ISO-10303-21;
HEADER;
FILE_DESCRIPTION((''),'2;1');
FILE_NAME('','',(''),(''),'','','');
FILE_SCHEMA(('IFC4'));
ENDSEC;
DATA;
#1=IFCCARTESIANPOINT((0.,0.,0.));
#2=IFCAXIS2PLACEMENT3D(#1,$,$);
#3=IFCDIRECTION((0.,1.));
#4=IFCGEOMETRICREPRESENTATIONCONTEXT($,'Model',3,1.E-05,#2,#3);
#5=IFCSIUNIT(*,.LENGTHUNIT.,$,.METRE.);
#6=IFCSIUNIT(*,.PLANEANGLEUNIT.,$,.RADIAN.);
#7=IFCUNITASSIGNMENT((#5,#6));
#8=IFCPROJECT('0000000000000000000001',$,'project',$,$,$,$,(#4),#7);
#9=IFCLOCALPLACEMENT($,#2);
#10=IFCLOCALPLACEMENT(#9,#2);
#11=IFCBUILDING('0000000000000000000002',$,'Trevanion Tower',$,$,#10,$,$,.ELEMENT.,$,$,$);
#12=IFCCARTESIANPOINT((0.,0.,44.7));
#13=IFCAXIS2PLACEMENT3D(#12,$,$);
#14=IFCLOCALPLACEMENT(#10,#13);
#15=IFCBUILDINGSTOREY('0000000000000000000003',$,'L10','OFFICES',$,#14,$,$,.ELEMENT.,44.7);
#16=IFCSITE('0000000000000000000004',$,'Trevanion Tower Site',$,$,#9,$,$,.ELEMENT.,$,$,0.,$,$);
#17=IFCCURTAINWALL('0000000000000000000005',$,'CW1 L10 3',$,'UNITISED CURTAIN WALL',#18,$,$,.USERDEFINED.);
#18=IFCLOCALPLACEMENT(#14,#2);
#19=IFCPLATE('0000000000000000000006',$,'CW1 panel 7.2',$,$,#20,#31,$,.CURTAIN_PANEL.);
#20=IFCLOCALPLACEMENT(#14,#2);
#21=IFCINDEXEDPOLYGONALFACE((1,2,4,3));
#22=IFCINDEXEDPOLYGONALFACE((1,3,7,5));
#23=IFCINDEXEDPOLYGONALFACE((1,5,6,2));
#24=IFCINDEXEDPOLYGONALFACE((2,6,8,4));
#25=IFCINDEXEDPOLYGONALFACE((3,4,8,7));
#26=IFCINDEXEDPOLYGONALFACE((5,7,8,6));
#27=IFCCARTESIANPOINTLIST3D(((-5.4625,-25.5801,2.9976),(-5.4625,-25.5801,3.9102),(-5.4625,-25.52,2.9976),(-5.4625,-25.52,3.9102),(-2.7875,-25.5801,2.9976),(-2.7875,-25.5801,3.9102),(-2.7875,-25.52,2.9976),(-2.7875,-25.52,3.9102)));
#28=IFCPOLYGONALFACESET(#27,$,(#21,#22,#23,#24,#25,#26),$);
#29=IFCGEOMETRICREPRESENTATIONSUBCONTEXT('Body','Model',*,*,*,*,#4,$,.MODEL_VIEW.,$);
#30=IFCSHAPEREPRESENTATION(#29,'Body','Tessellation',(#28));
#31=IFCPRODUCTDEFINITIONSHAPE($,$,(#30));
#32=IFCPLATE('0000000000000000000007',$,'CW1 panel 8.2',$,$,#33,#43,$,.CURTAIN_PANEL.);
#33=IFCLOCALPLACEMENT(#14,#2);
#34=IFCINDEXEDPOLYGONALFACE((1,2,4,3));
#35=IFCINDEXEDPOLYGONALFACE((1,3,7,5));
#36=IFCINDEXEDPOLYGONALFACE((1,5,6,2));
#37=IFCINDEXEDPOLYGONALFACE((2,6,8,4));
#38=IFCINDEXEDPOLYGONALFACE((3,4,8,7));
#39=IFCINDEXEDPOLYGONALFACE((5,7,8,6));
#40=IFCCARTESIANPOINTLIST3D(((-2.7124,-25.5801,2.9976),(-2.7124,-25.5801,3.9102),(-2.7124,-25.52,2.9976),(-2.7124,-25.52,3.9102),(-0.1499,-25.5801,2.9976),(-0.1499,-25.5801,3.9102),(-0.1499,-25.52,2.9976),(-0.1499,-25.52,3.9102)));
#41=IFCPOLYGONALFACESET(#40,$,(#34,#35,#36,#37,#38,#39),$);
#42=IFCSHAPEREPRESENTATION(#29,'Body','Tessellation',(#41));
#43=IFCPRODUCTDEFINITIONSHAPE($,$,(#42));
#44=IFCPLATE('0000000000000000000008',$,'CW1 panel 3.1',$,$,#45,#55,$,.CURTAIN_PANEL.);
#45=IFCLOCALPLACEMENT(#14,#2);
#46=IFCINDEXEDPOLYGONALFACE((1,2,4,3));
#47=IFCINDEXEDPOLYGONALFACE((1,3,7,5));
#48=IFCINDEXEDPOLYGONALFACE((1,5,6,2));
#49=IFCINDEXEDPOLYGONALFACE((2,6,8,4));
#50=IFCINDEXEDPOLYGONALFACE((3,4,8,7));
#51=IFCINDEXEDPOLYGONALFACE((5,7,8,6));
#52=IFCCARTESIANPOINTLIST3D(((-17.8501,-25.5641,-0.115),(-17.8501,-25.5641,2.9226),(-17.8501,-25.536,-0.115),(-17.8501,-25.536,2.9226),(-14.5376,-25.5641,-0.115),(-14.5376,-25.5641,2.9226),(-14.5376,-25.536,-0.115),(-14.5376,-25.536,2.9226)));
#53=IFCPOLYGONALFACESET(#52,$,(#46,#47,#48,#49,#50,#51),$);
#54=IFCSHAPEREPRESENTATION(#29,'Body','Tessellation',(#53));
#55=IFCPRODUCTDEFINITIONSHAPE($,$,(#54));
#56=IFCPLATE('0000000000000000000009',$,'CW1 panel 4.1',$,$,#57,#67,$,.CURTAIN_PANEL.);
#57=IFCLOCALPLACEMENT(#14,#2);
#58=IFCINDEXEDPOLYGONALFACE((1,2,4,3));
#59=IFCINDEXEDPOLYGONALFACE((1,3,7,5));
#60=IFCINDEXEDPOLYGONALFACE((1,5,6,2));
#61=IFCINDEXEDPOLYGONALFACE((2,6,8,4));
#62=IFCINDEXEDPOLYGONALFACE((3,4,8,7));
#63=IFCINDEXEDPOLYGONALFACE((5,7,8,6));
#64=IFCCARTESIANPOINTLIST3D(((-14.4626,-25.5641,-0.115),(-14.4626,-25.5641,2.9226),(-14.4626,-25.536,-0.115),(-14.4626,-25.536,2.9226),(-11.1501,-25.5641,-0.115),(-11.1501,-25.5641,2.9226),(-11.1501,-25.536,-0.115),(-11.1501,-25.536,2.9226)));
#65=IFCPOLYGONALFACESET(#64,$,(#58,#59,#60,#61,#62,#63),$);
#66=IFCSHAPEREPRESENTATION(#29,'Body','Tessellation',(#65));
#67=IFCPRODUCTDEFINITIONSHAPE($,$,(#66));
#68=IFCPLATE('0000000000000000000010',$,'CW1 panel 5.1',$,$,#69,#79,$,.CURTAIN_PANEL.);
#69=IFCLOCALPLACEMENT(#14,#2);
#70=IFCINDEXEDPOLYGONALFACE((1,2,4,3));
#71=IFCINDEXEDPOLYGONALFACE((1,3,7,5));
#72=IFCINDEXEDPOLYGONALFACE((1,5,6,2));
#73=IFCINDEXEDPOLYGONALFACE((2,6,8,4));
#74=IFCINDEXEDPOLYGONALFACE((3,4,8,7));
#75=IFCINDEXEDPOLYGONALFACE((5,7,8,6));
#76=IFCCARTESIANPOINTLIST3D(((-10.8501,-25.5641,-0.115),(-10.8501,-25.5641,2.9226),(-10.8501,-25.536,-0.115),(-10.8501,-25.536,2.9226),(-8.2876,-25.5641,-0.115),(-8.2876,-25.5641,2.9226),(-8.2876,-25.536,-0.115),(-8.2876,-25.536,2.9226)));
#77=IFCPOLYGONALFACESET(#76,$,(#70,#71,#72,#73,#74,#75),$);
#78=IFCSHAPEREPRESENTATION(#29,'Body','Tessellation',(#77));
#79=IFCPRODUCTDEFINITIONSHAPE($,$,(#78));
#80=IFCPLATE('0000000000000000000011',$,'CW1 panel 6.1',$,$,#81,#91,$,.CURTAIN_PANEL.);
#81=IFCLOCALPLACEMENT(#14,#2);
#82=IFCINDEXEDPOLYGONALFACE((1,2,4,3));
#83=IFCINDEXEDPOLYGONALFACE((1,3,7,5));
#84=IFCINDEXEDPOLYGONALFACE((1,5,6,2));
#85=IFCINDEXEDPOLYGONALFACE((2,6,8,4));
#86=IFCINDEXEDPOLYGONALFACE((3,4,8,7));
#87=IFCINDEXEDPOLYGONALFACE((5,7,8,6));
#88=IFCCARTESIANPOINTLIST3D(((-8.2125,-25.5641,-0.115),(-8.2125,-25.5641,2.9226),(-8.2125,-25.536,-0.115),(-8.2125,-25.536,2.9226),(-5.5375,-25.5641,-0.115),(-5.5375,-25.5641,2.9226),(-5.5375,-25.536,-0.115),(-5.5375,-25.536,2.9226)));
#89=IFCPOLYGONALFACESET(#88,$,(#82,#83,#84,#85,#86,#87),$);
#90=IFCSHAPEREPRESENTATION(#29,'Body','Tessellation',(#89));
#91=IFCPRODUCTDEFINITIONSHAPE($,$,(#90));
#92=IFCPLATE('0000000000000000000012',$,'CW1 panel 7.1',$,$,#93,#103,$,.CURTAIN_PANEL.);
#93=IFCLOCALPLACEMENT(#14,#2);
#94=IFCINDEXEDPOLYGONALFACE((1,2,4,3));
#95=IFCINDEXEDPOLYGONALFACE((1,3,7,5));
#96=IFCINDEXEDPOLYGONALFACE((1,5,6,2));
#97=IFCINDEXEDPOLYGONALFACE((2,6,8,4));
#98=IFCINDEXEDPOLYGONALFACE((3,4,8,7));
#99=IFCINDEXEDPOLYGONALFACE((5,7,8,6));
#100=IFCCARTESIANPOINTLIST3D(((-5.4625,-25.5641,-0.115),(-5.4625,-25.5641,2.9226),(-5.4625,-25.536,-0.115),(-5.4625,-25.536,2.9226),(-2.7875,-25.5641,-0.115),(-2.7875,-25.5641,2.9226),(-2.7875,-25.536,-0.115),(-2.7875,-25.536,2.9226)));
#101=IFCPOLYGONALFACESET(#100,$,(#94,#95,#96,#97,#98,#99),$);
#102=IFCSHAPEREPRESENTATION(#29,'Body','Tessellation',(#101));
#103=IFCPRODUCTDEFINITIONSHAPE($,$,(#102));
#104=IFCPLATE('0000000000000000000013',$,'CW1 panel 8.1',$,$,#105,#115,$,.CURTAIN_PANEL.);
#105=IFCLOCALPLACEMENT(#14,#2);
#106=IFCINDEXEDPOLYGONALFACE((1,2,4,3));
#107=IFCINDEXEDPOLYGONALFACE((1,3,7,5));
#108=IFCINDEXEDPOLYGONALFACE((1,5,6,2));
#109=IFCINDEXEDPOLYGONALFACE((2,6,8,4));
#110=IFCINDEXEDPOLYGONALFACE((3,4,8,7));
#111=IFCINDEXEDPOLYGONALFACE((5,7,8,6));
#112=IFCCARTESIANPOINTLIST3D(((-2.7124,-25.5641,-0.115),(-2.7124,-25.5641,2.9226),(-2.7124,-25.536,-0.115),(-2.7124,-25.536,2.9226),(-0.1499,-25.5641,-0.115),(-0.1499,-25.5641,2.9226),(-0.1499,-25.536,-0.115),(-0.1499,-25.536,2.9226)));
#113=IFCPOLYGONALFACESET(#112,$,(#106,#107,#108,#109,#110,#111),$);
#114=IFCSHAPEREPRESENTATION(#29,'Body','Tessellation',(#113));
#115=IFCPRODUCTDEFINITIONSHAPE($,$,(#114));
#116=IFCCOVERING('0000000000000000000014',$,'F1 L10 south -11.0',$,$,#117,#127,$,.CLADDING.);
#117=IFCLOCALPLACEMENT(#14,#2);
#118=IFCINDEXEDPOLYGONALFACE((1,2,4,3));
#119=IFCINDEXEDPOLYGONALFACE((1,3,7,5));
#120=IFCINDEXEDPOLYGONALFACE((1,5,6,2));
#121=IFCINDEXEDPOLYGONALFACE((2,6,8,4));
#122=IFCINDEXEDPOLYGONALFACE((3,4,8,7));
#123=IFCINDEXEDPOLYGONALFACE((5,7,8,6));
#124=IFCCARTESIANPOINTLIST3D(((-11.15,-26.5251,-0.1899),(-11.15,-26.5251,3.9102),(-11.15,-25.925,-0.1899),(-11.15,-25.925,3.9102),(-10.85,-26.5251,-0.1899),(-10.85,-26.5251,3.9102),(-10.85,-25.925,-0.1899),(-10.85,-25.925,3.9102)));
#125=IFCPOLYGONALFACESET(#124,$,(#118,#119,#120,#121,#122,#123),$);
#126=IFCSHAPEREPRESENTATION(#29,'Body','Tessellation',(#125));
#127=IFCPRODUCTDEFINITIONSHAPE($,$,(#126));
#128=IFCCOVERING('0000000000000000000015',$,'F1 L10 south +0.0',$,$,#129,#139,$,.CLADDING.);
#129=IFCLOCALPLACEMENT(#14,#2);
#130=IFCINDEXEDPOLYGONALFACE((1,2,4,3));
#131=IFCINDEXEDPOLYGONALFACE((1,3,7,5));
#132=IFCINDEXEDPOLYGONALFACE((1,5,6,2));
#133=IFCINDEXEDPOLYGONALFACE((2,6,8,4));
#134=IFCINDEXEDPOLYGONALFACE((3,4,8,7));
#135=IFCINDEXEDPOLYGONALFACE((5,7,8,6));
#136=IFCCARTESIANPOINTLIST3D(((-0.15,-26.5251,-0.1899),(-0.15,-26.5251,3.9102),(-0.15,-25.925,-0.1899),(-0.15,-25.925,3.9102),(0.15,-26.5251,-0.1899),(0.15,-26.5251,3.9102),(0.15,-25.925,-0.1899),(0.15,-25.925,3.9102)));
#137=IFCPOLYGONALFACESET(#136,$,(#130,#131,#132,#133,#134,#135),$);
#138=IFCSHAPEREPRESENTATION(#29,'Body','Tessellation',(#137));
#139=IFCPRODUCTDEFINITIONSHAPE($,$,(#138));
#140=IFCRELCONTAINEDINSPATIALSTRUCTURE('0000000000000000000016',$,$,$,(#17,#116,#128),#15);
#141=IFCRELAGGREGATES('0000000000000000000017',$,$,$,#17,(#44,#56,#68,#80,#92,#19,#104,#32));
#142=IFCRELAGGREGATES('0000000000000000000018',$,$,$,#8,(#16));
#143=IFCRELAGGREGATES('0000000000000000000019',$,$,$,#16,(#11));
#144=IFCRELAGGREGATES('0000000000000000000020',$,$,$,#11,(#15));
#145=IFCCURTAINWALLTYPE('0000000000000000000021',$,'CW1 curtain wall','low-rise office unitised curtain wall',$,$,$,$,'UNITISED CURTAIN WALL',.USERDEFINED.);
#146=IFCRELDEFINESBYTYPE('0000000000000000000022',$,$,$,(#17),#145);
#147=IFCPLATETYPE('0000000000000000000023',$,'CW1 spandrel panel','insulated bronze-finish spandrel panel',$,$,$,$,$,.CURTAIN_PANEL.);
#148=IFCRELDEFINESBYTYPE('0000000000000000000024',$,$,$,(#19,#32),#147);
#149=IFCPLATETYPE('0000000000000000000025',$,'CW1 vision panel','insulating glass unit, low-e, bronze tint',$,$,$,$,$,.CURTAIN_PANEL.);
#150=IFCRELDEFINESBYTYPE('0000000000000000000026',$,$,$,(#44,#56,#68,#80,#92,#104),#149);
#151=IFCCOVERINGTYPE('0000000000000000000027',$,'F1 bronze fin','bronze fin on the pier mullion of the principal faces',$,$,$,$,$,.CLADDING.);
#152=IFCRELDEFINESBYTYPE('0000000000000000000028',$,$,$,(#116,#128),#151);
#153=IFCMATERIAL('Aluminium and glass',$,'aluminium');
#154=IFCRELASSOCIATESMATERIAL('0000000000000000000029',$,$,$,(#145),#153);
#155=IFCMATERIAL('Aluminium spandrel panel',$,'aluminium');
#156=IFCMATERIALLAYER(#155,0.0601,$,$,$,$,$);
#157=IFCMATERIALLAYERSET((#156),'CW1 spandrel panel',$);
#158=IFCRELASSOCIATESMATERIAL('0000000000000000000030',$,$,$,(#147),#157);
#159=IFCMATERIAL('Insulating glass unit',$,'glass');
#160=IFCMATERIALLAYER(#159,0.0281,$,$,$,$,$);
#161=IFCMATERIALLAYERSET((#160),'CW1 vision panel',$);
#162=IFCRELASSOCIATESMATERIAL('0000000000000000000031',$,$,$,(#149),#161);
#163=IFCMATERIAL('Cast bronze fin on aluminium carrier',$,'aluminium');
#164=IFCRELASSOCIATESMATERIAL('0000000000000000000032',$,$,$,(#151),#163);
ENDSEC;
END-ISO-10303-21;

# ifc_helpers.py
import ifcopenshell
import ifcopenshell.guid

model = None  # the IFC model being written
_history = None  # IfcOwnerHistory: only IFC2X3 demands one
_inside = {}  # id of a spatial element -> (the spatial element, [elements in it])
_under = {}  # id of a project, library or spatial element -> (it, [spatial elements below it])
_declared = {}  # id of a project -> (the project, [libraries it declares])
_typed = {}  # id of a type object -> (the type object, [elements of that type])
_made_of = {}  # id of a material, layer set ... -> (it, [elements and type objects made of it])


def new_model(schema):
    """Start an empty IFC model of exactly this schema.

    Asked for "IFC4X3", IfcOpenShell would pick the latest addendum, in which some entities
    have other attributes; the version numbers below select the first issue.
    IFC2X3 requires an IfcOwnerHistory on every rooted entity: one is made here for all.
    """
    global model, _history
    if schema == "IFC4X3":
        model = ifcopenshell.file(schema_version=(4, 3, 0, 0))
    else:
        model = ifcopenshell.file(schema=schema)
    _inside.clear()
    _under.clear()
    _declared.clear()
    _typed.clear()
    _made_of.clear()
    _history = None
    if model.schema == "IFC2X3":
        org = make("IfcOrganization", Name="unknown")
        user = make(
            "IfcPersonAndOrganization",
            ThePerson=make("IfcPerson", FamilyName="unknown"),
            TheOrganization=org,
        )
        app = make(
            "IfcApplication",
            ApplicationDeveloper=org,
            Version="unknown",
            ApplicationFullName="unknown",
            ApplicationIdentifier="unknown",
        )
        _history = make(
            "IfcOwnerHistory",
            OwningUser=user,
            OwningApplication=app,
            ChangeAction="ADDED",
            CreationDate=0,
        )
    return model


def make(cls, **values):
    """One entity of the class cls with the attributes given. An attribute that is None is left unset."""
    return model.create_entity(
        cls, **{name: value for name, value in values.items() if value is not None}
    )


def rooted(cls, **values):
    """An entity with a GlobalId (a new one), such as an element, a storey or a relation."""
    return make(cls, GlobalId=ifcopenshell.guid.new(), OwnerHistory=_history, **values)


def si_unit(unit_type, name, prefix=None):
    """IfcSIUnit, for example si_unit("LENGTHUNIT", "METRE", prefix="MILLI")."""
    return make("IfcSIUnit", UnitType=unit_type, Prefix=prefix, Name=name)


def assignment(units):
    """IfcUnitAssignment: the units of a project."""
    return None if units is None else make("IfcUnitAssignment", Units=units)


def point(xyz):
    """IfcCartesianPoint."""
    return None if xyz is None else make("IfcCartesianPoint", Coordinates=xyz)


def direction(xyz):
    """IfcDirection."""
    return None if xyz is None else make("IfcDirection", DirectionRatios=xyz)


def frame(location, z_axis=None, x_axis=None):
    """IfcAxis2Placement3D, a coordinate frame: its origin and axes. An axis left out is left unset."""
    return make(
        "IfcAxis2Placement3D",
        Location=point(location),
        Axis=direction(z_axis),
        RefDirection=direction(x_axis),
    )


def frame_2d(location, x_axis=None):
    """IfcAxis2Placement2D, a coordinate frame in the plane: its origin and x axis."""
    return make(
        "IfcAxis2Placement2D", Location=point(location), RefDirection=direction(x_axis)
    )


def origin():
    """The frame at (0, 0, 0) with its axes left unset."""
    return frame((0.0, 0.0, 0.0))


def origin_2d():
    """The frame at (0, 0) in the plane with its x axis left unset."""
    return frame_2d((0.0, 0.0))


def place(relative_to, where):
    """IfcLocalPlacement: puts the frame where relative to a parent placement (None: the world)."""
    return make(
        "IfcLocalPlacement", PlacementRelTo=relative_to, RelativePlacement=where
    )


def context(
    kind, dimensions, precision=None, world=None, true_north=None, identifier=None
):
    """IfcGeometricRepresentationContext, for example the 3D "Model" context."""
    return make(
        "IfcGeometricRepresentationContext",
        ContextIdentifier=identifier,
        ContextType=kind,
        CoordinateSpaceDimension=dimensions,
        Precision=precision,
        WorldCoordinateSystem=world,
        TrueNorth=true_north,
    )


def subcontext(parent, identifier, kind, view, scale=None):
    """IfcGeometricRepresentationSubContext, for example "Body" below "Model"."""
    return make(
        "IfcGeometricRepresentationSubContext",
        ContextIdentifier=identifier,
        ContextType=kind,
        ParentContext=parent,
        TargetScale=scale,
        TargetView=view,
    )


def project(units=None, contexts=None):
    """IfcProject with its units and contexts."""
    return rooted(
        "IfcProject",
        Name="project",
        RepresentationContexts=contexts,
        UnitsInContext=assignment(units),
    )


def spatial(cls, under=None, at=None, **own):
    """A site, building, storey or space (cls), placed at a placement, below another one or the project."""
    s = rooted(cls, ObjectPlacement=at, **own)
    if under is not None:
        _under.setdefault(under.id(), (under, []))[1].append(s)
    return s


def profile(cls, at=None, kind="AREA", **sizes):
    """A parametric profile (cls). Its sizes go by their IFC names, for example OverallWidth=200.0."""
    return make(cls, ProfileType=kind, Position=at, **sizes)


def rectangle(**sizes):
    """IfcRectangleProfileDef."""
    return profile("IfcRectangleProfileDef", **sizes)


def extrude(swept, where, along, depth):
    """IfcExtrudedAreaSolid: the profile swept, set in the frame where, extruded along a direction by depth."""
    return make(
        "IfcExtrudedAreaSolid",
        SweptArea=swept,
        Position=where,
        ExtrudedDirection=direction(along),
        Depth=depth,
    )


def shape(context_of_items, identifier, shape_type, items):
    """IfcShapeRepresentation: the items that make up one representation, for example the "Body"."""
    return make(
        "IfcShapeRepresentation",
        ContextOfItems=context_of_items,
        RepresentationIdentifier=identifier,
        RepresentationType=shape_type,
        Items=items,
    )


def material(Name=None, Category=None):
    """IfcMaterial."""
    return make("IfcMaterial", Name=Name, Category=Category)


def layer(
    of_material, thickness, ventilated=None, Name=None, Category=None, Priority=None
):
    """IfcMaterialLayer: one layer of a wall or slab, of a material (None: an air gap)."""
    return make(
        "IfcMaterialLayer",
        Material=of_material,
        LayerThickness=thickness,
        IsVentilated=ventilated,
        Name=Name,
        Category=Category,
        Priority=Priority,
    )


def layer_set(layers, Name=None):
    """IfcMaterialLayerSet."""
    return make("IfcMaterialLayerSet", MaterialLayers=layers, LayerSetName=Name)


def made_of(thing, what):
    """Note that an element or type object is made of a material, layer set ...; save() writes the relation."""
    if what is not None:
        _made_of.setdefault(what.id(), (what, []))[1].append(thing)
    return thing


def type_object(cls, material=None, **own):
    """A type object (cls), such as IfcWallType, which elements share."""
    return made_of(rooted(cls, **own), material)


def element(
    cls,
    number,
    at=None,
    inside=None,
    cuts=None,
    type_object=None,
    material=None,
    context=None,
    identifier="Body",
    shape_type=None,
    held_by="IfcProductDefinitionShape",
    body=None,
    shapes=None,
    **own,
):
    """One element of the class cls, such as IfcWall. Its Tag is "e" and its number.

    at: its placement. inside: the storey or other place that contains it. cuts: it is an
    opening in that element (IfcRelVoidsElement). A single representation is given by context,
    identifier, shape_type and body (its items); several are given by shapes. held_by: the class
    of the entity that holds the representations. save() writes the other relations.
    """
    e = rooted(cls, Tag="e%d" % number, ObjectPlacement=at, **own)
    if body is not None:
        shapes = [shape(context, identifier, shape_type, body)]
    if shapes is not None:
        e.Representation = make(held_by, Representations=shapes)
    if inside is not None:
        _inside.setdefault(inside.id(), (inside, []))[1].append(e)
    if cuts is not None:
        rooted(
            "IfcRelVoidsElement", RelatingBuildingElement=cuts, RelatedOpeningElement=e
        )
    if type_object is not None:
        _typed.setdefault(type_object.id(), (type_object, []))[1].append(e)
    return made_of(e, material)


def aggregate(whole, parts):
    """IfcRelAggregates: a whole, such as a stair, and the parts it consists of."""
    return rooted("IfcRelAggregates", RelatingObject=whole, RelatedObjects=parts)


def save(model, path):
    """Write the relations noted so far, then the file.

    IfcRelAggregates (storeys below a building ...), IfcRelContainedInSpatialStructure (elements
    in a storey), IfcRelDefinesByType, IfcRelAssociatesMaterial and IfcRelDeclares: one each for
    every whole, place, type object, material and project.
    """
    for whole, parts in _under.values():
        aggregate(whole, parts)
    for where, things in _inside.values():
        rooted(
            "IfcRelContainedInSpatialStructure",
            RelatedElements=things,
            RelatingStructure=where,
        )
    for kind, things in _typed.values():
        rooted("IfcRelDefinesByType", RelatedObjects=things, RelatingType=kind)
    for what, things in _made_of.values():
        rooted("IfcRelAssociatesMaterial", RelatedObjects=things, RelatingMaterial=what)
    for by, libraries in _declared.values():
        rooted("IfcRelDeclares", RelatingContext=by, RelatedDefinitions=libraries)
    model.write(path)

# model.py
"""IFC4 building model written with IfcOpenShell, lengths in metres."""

from ifc_helpers import new_model, si_unit, direction, frame, origin, origin_2d, place, context, subcontext, project, spatial, rectangle, extrude, material, layer, layer_set, type_object, element, aggregate, save


model = new_model("IFC4")

# Units and contexts
model_context = context("Model", 3, precision=1e-05, world=origin(), true_north=direction((0.0, 1.0)))
body_context = subcontext(model_context, "Body", "Model", "MODEL_VIEW")
ifc_project = project(units=[si_unit("LENGTHUNIT", "METRE"), si_unit("PLANEANGLEUNIT", "RADIAN")], contexts=[model_context])

# Site, building, storey
site_placement = place(None, origin())
site = spatial("IfcSite", under=ifc_project, at=site_placement, Name="Trevanion Tower Site", CompositionType="ELEMENT", RefElevation=0.0)
building_placement = place(site_placement, origin())
building = spatial("IfcBuilding", under=site, at=building_placement, Name="Trevanion Tower", CompositionType="ELEMENT")
storey_placement = place(building_placement, frame((0.0, 0.0, 44.7)))
storey = spatial("IfcBuildingStorey", under=building, at=storey_placement, Name="L10", Description="OFFICES", CompositionType="ELEMENT", Elevation=44.7)

# Curtain wall
ifc_material_1 = material(Name="Aluminium and glass", Category="aluminium")
curtain_wall_type = type_object("IfcCurtainWallType", Name="CW1 curtain wall", Description="low-rise office unitised curtain wall", ElementType="UNITISED CURTAIN WALL", PredefinedType="USERDEFINED", material=ifc_material_1)
curtain_wall_placement = place(storey_placement, origin())
curtain_wall = element("IfcCurtainWall", 1, at=curtain_wall_placement, inside=storey, type_object=curtain_wall_type, Name="CW1 L10 3", ObjectType="UNITISED CURTAIN WALL", PredefinedType="USERDEFINED")

# Plates
ifc_material_2 = material(Name="Aluminium spandrel panel", Category="aluminium")
ifc_layer_1 = layer(ifc_material_2, 0.0601)
ifc_layer_set_1 = layer_set([ifc_layer_1], Name="CW1 spandrel panel")
plate_type_1 = type_object("IfcPlateType", Name="CW1 spandrel panel", Description="insulated bronze-finish spandrel panel", PredefinedType="CURTAIN_PANEL", material=ifc_layer_set_1)
plate_1_placement = place(storey_placement, frame((-4.125, -25.55, 2.9976), z_axis=(0.0, 0.0, 1.0), x_axis=(1.0, 0.0, 0.0)))
plate_1 = element("IfcPlate", 2, at=plate_1_placement, type_object=plate_type_1, Name="CW1 panel 7.2", PredefinedType="CURTAIN_PANEL", context=body_context, shape_type="SweptSolid", body=[
    extrude(rectangle(XDim=2.675, YDim=0.0601, at=origin_2d()), origin(), (0.0, 0.0, 1.0), 0.9126),
])
plate_2_placement = place(storey_placement, frame((-1.4312, -25.55, 2.9976), z_axis=(0.0, 0.0, 1.0), x_axis=(1.0, 0.0, 0.0)))
plate_2 = element("IfcPlate", 3, at=plate_2_placement, type_object=plate_type_1, Name="CW1 panel 8.2", PredefinedType="CURTAIN_PANEL", context=body_context, shape_type="SweptSolid", body=[
    extrude(rectangle(XDim=2.5625, YDim=0.0601, at=origin_2d()), origin(), (0.0, 0.0, 1.0), 0.9126),
])
ifc_material_3 = material(Name="Insulating glass unit", Category="glass")
ifc_layer_2 = layer(ifc_material_3, 0.0281)
ifc_layer_set_2 = layer_set([ifc_layer_2], Name="CW1 vision panel")
plate_type_2 = type_object("IfcPlateType", Name="CW1 vision panel", Description="insulating glass unit, low-e, bronze tint", PredefinedType="CURTAIN_PANEL", material=ifc_layer_set_2)
plate_3_placement = place(storey_placement, frame((-16.1938, -25.55, -0.115), z_axis=(0.0, 0.0, 1.0), x_axis=(1.0, 0.0, 0.0)))
plate_3 = element("IfcPlate", 4, at=plate_3_placement, type_object=plate_type_2, Name="CW1 panel 3.1", PredefinedType="CURTAIN_PANEL", context=body_context, shape_type="SweptSolid", body=[
    extrude(rectangle(XDim=3.3125, YDim=0.0281, at=origin_2d()), origin(), (0.0, 0.0, 1.0), 3.0376),
])
plate_4_placement = place(storey_placement, frame((-12.8064, -25.55, -0.115), z_axis=(0.0, 0.0, 1.0), x_axis=(1.0, 0.0, 0.0)))
plate_4 = element("IfcPlate", 5, at=plate_4_placement, type_object=plate_type_2, Name="CW1 panel 4.1", PredefinedType="CURTAIN_PANEL", context=body_context, shape_type="SweptSolid", body=[
    extrude(rectangle(XDim=3.3125, YDim=0.0281, at=origin_2d()), origin(), (0.0, 0.0, 1.0), 3.0376),
])
plate_5_placement = place(storey_placement, frame((-9.5688, -25.55, -0.115), z_axis=(0.0, 0.0, 1.0), x_axis=(1.0, 0.0, 0.0)))
plate_5 = element("IfcPlate", 6, at=plate_5_placement, type_object=plate_type_2, Name="CW1 panel 5.1", PredefinedType="CURTAIN_PANEL", context=body_context, shape_type="SweptSolid", body=[
    extrude(rectangle(XDim=2.5625, YDim=0.0281, at=origin_2d()), origin(), (0.0, 0.0, 1.0), 3.0376),
])
plate_6_placement = place(storey_placement, frame((-6.875, -25.55, -0.115), z_axis=(0.0, 0.0, 1.0), x_axis=(1.0, 0.0, 0.0)))
plate_6 = element("IfcPlate", 7, at=plate_6_placement, type_object=plate_type_2, Name="CW1 panel 6.1", PredefinedType="CURTAIN_PANEL", context=body_context, shape_type="SweptSolid", body=[
    extrude(rectangle(XDim=2.675, YDim=0.0281, at=origin_2d()), origin(), (0.0, 0.0, 1.0), 3.0376),
])
plate_7_placement = place(storey_placement, frame((-4.125, -25.55, -0.115), z_axis=(0.0, 0.0, 1.0), x_axis=(1.0, 0.0, 0.0)))
plate_7 = element("IfcPlate", 8, at=plate_7_placement, type_object=plate_type_2, Name="CW1 panel 7.1", PredefinedType="CURTAIN_PANEL", context=body_context, shape_type="SweptSolid", body=[
    extrude(rectangle(XDim=2.675, YDim=0.0281, at=origin_2d()), origin(), (0.0, 0.0, 1.0), 3.0376),
])
plate_8_placement = place(storey_placement, frame((-1.4312, -25.55, -0.115), z_axis=(0.0, 0.0, 1.0), x_axis=(1.0, 0.0, 0.0)))
plate_8 = element("IfcPlate", 9, at=plate_8_placement, type_object=plate_type_2, Name="CW1 panel 8.1", PredefinedType="CURTAIN_PANEL", context=body_context, shape_type="SweptSolid", body=[
    extrude(rectangle(XDim=2.5625, YDim=0.0281, at=origin_2d()), origin(), (0.0, 0.0, 1.0), 3.0376),
])
aggregate(curtain_wall, [plate_3, plate_4, plate_5, plate_6, plate_7, plate_1, plate_8, plate_2])

# Coverings
ifc_material_4 = material(Name="Cast bronze fin on aluminium carrier", Category="aluminium")
covering_type = type_object("IfcCoveringType", Name="F1 bronze fin", Description="bronze fin on the pier mullion of the principal faces", PredefinedType="CLADDING", material=ifc_material_4)
for number, where, z_axis, x_axis, name in (
    (10, (-11.0, -26.2251, -0.1899), (0.0, 0.0, 1.0), (1.0, 0.0, 0.0), "F1 L10 south -11.0"),
    (11, (0.0, -26.2251, -0.1899), (0.0, 0.0, 1.0), (1.0, 0.0, 0.0), "F1 L10 south +0.0"),
):
    element("IfcCovering", number, at=place(storey_placement, frame(where, z_axis=z_axis, x_axis=x_axis)), inside=storey, type_object=covering_type, Name=name, PredefinedType="CLADDING", context=body_context, shape_type="SweptSolid", body=[
        extrude(rectangle(XDim=0.3, YDim=0.6001, at=origin_2d()), origin(), (0.0, 0.0, 1.0), 4.1001),
    ])

save(model, "model.ifc")
